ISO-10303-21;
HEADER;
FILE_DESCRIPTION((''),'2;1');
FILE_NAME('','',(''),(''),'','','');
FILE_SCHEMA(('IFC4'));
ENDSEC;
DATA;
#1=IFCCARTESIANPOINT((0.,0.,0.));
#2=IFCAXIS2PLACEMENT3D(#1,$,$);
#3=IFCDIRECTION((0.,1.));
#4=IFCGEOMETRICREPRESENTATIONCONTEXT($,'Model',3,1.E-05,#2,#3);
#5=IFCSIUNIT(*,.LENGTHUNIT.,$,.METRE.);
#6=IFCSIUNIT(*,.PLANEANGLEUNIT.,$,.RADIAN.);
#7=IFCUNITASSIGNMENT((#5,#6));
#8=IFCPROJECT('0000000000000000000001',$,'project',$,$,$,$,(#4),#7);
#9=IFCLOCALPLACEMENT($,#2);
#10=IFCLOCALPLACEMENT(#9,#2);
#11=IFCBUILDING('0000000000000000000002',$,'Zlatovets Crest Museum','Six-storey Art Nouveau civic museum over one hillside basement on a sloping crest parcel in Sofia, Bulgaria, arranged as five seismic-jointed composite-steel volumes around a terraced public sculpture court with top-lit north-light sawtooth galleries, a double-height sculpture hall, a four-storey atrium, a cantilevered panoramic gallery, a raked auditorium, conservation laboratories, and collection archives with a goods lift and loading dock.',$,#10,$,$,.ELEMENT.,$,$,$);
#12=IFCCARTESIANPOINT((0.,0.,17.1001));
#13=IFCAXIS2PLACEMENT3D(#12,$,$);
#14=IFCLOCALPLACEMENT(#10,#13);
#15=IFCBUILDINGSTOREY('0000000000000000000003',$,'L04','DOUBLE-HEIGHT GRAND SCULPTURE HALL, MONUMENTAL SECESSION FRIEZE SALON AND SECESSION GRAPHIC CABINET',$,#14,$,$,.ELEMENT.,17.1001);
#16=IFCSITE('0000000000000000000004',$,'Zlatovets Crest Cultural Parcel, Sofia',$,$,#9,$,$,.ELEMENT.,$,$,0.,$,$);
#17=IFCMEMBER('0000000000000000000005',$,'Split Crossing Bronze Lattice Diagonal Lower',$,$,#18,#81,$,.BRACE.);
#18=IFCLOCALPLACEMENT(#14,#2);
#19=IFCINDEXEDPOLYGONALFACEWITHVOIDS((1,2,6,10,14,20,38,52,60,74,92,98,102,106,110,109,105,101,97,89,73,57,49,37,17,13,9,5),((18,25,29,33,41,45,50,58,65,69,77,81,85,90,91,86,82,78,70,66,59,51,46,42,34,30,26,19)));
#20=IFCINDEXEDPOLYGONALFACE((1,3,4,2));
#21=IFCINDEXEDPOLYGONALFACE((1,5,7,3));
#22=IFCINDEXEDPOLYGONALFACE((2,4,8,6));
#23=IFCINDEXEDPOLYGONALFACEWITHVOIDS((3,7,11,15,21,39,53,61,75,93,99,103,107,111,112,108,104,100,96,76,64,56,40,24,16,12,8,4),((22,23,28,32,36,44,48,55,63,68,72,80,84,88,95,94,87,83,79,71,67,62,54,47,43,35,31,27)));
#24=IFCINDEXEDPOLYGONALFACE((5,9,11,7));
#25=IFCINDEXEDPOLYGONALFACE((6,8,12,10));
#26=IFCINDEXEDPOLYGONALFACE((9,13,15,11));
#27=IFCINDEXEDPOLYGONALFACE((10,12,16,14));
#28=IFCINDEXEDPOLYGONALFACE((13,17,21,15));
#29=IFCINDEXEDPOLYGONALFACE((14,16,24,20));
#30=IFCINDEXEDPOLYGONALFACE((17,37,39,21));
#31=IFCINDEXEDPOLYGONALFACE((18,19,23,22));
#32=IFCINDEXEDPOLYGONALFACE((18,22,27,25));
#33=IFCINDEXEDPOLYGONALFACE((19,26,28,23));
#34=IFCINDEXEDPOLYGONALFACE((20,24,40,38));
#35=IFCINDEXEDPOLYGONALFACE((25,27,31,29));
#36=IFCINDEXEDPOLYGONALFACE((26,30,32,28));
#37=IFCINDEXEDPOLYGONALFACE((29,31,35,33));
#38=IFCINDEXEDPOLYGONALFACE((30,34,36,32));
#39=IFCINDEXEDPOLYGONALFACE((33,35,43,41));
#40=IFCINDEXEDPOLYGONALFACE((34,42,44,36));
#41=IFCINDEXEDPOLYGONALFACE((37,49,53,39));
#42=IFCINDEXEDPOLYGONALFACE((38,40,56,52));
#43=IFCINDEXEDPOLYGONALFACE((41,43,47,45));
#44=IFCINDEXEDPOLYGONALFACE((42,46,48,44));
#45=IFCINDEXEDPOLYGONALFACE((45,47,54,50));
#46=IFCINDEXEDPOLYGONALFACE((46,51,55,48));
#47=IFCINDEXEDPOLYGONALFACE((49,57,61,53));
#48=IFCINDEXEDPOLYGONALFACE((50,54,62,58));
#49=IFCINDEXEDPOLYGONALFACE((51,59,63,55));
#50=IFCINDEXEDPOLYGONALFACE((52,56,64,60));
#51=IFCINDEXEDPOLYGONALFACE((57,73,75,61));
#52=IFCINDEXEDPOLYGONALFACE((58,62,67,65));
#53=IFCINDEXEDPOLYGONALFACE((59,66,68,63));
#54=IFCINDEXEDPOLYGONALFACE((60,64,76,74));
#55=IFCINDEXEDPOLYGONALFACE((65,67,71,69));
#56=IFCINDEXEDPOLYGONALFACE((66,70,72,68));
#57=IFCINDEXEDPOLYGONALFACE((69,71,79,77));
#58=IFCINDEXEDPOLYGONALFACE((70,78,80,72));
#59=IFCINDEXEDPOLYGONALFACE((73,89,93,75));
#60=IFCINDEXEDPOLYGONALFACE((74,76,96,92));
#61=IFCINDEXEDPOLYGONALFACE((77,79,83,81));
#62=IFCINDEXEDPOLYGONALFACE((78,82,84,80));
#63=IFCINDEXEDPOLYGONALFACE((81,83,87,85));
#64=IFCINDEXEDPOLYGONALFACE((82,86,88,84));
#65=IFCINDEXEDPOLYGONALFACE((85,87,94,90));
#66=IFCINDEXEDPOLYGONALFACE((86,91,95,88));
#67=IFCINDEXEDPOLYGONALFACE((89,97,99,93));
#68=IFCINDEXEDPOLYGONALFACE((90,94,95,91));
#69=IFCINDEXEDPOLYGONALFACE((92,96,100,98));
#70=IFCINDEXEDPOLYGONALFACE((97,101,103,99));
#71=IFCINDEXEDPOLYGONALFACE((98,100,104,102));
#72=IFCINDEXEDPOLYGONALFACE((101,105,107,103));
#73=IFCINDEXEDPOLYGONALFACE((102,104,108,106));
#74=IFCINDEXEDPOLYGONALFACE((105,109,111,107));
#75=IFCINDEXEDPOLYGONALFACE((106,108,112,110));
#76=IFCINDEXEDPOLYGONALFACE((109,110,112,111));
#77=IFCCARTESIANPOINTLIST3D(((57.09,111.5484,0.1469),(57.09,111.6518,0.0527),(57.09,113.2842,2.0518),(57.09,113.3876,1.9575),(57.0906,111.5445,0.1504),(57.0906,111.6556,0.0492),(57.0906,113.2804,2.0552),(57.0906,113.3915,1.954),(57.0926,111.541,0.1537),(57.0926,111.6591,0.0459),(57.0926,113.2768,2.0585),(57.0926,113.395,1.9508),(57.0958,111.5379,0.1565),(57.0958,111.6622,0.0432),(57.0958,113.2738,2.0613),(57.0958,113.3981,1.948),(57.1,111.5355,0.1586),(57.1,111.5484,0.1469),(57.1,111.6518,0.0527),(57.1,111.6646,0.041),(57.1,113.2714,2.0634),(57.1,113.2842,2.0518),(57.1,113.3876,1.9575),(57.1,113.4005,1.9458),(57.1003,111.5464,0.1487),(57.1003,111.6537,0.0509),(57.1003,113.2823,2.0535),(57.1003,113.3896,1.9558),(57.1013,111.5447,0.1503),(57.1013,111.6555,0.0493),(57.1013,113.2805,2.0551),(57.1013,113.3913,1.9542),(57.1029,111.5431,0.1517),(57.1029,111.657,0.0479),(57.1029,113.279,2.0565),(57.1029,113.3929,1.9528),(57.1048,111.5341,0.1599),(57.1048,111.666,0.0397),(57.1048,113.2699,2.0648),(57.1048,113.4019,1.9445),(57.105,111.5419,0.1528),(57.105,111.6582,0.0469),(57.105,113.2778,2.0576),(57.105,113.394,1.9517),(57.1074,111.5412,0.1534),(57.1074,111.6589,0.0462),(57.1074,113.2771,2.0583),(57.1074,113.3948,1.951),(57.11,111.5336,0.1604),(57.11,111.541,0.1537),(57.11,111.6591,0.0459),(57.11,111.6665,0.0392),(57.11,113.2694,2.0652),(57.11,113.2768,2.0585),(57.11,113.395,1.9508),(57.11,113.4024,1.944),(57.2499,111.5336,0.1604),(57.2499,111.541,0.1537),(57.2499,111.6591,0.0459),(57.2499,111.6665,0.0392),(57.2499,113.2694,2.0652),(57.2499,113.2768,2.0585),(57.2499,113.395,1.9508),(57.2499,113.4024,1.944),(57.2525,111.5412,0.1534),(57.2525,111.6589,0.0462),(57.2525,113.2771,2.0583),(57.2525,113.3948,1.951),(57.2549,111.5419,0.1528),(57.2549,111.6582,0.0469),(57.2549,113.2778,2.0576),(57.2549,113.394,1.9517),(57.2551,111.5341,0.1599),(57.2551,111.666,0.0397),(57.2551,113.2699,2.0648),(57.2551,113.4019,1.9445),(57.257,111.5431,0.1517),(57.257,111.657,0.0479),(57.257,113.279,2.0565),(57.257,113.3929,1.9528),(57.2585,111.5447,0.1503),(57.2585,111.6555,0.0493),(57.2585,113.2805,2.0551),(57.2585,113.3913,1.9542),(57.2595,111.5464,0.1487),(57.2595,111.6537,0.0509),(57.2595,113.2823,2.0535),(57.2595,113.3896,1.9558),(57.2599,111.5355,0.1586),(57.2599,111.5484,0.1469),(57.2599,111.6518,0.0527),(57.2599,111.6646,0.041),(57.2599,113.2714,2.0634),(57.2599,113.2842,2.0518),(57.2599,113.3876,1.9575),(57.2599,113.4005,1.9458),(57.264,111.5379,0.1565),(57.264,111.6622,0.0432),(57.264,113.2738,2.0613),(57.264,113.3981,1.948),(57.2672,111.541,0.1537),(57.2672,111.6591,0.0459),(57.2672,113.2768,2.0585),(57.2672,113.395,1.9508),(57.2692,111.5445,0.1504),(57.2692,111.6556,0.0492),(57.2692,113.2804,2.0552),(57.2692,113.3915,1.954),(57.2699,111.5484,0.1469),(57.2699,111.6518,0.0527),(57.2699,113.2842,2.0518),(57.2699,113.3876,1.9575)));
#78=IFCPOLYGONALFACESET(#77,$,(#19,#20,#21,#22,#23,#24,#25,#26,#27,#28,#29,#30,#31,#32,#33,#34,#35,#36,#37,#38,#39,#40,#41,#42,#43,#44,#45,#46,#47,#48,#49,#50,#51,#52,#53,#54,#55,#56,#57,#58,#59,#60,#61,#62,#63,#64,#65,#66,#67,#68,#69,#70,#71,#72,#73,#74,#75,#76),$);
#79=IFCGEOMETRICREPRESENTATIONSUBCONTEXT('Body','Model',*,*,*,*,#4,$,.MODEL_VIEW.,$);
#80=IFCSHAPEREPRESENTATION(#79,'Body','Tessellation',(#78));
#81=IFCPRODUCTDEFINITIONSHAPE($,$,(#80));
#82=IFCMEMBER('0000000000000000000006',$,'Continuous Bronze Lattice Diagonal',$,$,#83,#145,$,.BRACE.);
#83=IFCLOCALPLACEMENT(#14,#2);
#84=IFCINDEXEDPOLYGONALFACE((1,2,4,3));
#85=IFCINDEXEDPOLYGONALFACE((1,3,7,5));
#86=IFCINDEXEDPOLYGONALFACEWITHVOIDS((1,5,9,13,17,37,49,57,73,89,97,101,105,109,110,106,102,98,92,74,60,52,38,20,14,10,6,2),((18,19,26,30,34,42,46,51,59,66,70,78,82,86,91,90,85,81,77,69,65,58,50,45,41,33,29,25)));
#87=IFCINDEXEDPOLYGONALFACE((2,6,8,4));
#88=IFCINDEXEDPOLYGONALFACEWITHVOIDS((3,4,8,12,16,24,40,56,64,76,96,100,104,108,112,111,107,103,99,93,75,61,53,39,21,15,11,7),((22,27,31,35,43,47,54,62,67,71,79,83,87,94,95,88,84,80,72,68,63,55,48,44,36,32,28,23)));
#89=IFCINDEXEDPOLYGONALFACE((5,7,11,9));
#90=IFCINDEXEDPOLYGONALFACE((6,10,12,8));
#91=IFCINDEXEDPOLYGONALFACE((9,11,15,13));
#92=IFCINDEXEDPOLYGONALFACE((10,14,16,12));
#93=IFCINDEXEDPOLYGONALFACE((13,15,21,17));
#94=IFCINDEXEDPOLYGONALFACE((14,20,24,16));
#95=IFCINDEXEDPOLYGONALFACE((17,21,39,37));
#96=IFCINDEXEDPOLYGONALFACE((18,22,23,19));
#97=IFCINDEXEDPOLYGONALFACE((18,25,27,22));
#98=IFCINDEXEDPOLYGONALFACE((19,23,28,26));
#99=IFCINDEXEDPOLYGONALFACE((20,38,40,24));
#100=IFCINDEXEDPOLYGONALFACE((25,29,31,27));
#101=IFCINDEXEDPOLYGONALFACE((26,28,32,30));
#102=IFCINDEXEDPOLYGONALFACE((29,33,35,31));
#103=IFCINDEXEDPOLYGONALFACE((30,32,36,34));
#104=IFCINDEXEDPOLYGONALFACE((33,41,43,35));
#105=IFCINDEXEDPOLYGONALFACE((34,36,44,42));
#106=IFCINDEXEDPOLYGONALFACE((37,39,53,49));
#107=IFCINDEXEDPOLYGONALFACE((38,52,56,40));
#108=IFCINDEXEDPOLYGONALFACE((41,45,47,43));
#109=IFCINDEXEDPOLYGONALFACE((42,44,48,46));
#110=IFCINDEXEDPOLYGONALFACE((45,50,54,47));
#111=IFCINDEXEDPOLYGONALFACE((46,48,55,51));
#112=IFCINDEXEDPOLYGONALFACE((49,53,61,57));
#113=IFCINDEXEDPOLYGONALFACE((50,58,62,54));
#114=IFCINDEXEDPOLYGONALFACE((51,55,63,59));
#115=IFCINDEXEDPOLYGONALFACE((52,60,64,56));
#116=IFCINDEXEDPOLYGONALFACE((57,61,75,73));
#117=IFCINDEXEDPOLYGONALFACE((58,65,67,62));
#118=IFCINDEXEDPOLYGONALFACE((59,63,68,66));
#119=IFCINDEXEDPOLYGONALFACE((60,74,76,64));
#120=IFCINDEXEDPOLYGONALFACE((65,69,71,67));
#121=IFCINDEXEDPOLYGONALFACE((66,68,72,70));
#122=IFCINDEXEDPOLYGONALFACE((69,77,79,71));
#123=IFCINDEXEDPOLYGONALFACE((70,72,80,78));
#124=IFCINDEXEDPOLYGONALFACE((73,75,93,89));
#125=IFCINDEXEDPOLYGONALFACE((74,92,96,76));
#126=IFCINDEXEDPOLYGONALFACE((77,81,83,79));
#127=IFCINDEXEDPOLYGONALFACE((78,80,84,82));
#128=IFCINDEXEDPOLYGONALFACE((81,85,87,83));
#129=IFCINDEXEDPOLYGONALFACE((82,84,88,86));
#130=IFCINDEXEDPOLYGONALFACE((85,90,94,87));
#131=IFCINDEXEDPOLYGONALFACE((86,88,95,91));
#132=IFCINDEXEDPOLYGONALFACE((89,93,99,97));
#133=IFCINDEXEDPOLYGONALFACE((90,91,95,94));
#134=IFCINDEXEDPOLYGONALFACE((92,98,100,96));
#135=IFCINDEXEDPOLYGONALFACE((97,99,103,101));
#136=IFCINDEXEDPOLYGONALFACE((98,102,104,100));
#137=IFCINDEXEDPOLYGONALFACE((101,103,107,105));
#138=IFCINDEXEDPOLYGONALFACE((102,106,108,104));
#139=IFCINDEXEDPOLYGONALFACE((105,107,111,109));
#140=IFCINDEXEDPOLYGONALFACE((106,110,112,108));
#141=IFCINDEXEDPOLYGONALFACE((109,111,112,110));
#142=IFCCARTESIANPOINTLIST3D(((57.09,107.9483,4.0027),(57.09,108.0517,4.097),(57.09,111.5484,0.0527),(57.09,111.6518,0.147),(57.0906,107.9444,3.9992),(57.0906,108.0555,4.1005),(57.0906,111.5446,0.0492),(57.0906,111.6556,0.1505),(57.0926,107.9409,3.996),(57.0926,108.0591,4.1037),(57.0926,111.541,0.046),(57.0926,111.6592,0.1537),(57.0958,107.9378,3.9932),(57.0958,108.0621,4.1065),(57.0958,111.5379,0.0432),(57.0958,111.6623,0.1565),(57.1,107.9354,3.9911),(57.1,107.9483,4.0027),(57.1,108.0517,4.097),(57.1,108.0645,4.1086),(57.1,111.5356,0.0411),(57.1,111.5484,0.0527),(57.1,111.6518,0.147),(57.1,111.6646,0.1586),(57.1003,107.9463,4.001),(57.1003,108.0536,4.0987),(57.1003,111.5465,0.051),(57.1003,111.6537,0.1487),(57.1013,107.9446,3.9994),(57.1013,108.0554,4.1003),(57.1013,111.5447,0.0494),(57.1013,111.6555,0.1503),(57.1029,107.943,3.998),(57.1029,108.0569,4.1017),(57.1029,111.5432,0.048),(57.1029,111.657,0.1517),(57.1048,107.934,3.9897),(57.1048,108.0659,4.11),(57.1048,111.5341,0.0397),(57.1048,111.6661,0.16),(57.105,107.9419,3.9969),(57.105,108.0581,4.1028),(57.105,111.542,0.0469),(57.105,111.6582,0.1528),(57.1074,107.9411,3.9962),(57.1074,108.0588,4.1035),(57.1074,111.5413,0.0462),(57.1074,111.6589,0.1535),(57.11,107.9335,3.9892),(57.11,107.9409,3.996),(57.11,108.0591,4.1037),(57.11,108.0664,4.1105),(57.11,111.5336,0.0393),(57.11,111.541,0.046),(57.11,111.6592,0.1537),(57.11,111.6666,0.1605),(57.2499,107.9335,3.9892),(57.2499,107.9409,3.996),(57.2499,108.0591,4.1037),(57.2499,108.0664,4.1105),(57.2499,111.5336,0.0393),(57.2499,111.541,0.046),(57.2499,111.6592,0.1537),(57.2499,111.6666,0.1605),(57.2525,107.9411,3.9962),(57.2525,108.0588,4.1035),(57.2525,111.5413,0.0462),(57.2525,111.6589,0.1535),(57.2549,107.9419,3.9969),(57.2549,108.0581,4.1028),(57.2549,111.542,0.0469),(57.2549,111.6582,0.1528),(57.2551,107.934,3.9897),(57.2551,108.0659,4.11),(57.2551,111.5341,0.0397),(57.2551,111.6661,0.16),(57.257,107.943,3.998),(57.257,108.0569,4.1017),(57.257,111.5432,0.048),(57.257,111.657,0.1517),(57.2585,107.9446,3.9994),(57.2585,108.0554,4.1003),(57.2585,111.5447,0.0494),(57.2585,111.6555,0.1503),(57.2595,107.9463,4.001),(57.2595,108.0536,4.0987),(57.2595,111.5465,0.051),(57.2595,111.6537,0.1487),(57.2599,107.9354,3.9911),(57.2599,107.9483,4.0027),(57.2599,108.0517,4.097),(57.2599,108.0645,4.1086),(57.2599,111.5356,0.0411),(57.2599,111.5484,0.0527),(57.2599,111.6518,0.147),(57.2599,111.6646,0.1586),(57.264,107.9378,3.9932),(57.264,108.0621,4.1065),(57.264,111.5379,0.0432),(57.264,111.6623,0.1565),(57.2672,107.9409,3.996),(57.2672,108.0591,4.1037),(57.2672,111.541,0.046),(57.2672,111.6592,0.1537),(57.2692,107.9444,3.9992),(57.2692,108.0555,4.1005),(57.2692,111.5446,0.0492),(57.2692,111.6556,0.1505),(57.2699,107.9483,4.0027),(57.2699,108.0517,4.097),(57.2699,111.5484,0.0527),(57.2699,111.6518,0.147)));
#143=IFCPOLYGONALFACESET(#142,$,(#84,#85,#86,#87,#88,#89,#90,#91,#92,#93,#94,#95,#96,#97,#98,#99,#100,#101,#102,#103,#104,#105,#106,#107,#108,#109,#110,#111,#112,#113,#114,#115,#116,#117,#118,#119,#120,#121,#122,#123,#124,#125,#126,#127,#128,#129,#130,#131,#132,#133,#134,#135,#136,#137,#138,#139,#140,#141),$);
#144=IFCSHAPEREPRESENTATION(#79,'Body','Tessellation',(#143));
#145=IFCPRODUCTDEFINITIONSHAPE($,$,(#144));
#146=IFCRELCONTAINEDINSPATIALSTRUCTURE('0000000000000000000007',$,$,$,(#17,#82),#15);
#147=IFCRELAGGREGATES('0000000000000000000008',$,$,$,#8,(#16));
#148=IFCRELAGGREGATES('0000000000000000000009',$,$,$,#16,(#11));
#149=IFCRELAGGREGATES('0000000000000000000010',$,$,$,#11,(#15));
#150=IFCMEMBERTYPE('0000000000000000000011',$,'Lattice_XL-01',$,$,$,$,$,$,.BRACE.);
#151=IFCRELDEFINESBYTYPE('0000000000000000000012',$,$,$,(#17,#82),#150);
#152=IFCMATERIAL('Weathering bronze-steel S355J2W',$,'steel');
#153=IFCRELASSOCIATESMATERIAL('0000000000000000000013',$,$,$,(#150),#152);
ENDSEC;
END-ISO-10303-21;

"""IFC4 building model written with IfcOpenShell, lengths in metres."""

from ifc_helpers import new_model, si_unit, direction, frame, origin, origin_2d, place, context, subcontext, project, spatial, hollow_rectangle, extrude, material, material_profile, profile_set, type_object, element, save


model = new_model("IFC4")

# Units and contexts
model_context = context("Model", 3, precision=1e-05, world=origin(), true_north=direction((0.0, 1.0)))
body_context = subcontext(model_context, "Body", "Model", "MODEL_VIEW")
ifc_project = project(units=[si_unit("LENGTHUNIT", "METRE"), si_unit("PLANEANGLEUNIT", "RADIAN")], contexts=[model_context])

# Site, building, storey
site_placement = place(None, origin())
site = spatial("IfcSite", under=ifc_project, at=site_placement, Name="Zlatovets Crest Cultural Parcel, Sofia", CompositionType="ELEMENT", RefElevation=0.0)
building_placement = place(site_placement, origin())
building = spatial("IfcBuilding", under=site, at=building_placement, Name="Zlatovets Crest Museum", Description="Six-storey Art Nouveau civic museum over one hillside basement on a sloping crest parcel in Sofia, Bulgaria, arranged as five seismic-jointed composite-steel volumes around a terraced public sculpture court with top-lit north-light sawtooth galleries, a double-height sculpture hall, a four-storey atrium, a cantilevered panoramic gallery, a raked auditorium, conservation laboratories, and collection archives with a goods lift and loading dock.", CompositionType="ELEMENT")
storey_placement = place(building_placement, frame((0.0, 0.0, 17.1001)))
storey = spatial("IfcBuildingStorey", under=building, at=storey_placement, Name="L04", Description="DOUBLE-HEIGHT GRAND SCULPTURE HALL, MONUMENTAL SECESSION FRIEZE SALON AND SECESSION GRAPHIC CABINET", CompositionType="ELEMENT", Elevation=17.1001)

# Members
ifc_material_1 = material(Name="Weathering bronze-steel S355J2W", Category="steel")
ifc_material_profile_1 = material_profile(ifc_material_1, hollow_rectangle(XDim=0.1799, YDim=0.1799, WallThickness=0.01, InnerFilletRadius=0.01, OuterFilletRadius=0.02, at=origin_2d()), Name="SHS 180x180x10.0")
ifc_profile_set_1 = profile_set([ifc_material_profile_1], Name="Weathering bronze-steel S355J2W")
member_type_1 = type_object("IfcMemberType", Name="Lattice_XL-01", PredefinedType="BRACE", material=ifc_profile_set_1)
for number, where, z_axis, x_axis, name in (
    (1, (57.1799, 113.3359, 2.0046), (0.0, -0.673568, -0.739125), (1.0, 0.0, 0.0), "Split Crossing Bronze Lattice Diagonal Lower"),
):
    element("IfcMember", number, at=place(storey_placement, frame(where, z_axis=z_axis, x_axis=x_axis)), inside=storey, type_object=member_type_1, Name=name, PredefinedType="BRACE", context=body_context, shape_type="SweptSolid", body=[
        extrude(hollow_rectangle(XDim=0.1799, YDim=0.1799, WallThickness=0.01, InnerFilletRadius=0.01, OuterFilletRadius=0.02, at=origin_2d()), origin(), (0.0, 0.0, 1.0), 2.5771),
    ])
member_1_placement = place(storey_placement, frame((57.1799, 111.6001, 0.0999), z_axis=(0.0, -0.673618, 0.73908), x_axis=(1.0, 0.0, 0.0)))
element("IfcMember", 2, at=member_1_placement, inside=storey, type_object=member_type_1, Name="Continuous Bronze Lattice Diagonal", PredefinedType="BRACE", context=body_context, shape_type="SweptSolid", body=[
    extrude(hollow_rectangle(XDim=0.1799, YDim=0.1799, WallThickness=0.01, InnerFilletRadius=0.01, OuterFilletRadius=0.02, at=origin_2d()), origin(), (0.0, 0.0, 1.0), 5.3445),
])

save(model, "model.ifc")
